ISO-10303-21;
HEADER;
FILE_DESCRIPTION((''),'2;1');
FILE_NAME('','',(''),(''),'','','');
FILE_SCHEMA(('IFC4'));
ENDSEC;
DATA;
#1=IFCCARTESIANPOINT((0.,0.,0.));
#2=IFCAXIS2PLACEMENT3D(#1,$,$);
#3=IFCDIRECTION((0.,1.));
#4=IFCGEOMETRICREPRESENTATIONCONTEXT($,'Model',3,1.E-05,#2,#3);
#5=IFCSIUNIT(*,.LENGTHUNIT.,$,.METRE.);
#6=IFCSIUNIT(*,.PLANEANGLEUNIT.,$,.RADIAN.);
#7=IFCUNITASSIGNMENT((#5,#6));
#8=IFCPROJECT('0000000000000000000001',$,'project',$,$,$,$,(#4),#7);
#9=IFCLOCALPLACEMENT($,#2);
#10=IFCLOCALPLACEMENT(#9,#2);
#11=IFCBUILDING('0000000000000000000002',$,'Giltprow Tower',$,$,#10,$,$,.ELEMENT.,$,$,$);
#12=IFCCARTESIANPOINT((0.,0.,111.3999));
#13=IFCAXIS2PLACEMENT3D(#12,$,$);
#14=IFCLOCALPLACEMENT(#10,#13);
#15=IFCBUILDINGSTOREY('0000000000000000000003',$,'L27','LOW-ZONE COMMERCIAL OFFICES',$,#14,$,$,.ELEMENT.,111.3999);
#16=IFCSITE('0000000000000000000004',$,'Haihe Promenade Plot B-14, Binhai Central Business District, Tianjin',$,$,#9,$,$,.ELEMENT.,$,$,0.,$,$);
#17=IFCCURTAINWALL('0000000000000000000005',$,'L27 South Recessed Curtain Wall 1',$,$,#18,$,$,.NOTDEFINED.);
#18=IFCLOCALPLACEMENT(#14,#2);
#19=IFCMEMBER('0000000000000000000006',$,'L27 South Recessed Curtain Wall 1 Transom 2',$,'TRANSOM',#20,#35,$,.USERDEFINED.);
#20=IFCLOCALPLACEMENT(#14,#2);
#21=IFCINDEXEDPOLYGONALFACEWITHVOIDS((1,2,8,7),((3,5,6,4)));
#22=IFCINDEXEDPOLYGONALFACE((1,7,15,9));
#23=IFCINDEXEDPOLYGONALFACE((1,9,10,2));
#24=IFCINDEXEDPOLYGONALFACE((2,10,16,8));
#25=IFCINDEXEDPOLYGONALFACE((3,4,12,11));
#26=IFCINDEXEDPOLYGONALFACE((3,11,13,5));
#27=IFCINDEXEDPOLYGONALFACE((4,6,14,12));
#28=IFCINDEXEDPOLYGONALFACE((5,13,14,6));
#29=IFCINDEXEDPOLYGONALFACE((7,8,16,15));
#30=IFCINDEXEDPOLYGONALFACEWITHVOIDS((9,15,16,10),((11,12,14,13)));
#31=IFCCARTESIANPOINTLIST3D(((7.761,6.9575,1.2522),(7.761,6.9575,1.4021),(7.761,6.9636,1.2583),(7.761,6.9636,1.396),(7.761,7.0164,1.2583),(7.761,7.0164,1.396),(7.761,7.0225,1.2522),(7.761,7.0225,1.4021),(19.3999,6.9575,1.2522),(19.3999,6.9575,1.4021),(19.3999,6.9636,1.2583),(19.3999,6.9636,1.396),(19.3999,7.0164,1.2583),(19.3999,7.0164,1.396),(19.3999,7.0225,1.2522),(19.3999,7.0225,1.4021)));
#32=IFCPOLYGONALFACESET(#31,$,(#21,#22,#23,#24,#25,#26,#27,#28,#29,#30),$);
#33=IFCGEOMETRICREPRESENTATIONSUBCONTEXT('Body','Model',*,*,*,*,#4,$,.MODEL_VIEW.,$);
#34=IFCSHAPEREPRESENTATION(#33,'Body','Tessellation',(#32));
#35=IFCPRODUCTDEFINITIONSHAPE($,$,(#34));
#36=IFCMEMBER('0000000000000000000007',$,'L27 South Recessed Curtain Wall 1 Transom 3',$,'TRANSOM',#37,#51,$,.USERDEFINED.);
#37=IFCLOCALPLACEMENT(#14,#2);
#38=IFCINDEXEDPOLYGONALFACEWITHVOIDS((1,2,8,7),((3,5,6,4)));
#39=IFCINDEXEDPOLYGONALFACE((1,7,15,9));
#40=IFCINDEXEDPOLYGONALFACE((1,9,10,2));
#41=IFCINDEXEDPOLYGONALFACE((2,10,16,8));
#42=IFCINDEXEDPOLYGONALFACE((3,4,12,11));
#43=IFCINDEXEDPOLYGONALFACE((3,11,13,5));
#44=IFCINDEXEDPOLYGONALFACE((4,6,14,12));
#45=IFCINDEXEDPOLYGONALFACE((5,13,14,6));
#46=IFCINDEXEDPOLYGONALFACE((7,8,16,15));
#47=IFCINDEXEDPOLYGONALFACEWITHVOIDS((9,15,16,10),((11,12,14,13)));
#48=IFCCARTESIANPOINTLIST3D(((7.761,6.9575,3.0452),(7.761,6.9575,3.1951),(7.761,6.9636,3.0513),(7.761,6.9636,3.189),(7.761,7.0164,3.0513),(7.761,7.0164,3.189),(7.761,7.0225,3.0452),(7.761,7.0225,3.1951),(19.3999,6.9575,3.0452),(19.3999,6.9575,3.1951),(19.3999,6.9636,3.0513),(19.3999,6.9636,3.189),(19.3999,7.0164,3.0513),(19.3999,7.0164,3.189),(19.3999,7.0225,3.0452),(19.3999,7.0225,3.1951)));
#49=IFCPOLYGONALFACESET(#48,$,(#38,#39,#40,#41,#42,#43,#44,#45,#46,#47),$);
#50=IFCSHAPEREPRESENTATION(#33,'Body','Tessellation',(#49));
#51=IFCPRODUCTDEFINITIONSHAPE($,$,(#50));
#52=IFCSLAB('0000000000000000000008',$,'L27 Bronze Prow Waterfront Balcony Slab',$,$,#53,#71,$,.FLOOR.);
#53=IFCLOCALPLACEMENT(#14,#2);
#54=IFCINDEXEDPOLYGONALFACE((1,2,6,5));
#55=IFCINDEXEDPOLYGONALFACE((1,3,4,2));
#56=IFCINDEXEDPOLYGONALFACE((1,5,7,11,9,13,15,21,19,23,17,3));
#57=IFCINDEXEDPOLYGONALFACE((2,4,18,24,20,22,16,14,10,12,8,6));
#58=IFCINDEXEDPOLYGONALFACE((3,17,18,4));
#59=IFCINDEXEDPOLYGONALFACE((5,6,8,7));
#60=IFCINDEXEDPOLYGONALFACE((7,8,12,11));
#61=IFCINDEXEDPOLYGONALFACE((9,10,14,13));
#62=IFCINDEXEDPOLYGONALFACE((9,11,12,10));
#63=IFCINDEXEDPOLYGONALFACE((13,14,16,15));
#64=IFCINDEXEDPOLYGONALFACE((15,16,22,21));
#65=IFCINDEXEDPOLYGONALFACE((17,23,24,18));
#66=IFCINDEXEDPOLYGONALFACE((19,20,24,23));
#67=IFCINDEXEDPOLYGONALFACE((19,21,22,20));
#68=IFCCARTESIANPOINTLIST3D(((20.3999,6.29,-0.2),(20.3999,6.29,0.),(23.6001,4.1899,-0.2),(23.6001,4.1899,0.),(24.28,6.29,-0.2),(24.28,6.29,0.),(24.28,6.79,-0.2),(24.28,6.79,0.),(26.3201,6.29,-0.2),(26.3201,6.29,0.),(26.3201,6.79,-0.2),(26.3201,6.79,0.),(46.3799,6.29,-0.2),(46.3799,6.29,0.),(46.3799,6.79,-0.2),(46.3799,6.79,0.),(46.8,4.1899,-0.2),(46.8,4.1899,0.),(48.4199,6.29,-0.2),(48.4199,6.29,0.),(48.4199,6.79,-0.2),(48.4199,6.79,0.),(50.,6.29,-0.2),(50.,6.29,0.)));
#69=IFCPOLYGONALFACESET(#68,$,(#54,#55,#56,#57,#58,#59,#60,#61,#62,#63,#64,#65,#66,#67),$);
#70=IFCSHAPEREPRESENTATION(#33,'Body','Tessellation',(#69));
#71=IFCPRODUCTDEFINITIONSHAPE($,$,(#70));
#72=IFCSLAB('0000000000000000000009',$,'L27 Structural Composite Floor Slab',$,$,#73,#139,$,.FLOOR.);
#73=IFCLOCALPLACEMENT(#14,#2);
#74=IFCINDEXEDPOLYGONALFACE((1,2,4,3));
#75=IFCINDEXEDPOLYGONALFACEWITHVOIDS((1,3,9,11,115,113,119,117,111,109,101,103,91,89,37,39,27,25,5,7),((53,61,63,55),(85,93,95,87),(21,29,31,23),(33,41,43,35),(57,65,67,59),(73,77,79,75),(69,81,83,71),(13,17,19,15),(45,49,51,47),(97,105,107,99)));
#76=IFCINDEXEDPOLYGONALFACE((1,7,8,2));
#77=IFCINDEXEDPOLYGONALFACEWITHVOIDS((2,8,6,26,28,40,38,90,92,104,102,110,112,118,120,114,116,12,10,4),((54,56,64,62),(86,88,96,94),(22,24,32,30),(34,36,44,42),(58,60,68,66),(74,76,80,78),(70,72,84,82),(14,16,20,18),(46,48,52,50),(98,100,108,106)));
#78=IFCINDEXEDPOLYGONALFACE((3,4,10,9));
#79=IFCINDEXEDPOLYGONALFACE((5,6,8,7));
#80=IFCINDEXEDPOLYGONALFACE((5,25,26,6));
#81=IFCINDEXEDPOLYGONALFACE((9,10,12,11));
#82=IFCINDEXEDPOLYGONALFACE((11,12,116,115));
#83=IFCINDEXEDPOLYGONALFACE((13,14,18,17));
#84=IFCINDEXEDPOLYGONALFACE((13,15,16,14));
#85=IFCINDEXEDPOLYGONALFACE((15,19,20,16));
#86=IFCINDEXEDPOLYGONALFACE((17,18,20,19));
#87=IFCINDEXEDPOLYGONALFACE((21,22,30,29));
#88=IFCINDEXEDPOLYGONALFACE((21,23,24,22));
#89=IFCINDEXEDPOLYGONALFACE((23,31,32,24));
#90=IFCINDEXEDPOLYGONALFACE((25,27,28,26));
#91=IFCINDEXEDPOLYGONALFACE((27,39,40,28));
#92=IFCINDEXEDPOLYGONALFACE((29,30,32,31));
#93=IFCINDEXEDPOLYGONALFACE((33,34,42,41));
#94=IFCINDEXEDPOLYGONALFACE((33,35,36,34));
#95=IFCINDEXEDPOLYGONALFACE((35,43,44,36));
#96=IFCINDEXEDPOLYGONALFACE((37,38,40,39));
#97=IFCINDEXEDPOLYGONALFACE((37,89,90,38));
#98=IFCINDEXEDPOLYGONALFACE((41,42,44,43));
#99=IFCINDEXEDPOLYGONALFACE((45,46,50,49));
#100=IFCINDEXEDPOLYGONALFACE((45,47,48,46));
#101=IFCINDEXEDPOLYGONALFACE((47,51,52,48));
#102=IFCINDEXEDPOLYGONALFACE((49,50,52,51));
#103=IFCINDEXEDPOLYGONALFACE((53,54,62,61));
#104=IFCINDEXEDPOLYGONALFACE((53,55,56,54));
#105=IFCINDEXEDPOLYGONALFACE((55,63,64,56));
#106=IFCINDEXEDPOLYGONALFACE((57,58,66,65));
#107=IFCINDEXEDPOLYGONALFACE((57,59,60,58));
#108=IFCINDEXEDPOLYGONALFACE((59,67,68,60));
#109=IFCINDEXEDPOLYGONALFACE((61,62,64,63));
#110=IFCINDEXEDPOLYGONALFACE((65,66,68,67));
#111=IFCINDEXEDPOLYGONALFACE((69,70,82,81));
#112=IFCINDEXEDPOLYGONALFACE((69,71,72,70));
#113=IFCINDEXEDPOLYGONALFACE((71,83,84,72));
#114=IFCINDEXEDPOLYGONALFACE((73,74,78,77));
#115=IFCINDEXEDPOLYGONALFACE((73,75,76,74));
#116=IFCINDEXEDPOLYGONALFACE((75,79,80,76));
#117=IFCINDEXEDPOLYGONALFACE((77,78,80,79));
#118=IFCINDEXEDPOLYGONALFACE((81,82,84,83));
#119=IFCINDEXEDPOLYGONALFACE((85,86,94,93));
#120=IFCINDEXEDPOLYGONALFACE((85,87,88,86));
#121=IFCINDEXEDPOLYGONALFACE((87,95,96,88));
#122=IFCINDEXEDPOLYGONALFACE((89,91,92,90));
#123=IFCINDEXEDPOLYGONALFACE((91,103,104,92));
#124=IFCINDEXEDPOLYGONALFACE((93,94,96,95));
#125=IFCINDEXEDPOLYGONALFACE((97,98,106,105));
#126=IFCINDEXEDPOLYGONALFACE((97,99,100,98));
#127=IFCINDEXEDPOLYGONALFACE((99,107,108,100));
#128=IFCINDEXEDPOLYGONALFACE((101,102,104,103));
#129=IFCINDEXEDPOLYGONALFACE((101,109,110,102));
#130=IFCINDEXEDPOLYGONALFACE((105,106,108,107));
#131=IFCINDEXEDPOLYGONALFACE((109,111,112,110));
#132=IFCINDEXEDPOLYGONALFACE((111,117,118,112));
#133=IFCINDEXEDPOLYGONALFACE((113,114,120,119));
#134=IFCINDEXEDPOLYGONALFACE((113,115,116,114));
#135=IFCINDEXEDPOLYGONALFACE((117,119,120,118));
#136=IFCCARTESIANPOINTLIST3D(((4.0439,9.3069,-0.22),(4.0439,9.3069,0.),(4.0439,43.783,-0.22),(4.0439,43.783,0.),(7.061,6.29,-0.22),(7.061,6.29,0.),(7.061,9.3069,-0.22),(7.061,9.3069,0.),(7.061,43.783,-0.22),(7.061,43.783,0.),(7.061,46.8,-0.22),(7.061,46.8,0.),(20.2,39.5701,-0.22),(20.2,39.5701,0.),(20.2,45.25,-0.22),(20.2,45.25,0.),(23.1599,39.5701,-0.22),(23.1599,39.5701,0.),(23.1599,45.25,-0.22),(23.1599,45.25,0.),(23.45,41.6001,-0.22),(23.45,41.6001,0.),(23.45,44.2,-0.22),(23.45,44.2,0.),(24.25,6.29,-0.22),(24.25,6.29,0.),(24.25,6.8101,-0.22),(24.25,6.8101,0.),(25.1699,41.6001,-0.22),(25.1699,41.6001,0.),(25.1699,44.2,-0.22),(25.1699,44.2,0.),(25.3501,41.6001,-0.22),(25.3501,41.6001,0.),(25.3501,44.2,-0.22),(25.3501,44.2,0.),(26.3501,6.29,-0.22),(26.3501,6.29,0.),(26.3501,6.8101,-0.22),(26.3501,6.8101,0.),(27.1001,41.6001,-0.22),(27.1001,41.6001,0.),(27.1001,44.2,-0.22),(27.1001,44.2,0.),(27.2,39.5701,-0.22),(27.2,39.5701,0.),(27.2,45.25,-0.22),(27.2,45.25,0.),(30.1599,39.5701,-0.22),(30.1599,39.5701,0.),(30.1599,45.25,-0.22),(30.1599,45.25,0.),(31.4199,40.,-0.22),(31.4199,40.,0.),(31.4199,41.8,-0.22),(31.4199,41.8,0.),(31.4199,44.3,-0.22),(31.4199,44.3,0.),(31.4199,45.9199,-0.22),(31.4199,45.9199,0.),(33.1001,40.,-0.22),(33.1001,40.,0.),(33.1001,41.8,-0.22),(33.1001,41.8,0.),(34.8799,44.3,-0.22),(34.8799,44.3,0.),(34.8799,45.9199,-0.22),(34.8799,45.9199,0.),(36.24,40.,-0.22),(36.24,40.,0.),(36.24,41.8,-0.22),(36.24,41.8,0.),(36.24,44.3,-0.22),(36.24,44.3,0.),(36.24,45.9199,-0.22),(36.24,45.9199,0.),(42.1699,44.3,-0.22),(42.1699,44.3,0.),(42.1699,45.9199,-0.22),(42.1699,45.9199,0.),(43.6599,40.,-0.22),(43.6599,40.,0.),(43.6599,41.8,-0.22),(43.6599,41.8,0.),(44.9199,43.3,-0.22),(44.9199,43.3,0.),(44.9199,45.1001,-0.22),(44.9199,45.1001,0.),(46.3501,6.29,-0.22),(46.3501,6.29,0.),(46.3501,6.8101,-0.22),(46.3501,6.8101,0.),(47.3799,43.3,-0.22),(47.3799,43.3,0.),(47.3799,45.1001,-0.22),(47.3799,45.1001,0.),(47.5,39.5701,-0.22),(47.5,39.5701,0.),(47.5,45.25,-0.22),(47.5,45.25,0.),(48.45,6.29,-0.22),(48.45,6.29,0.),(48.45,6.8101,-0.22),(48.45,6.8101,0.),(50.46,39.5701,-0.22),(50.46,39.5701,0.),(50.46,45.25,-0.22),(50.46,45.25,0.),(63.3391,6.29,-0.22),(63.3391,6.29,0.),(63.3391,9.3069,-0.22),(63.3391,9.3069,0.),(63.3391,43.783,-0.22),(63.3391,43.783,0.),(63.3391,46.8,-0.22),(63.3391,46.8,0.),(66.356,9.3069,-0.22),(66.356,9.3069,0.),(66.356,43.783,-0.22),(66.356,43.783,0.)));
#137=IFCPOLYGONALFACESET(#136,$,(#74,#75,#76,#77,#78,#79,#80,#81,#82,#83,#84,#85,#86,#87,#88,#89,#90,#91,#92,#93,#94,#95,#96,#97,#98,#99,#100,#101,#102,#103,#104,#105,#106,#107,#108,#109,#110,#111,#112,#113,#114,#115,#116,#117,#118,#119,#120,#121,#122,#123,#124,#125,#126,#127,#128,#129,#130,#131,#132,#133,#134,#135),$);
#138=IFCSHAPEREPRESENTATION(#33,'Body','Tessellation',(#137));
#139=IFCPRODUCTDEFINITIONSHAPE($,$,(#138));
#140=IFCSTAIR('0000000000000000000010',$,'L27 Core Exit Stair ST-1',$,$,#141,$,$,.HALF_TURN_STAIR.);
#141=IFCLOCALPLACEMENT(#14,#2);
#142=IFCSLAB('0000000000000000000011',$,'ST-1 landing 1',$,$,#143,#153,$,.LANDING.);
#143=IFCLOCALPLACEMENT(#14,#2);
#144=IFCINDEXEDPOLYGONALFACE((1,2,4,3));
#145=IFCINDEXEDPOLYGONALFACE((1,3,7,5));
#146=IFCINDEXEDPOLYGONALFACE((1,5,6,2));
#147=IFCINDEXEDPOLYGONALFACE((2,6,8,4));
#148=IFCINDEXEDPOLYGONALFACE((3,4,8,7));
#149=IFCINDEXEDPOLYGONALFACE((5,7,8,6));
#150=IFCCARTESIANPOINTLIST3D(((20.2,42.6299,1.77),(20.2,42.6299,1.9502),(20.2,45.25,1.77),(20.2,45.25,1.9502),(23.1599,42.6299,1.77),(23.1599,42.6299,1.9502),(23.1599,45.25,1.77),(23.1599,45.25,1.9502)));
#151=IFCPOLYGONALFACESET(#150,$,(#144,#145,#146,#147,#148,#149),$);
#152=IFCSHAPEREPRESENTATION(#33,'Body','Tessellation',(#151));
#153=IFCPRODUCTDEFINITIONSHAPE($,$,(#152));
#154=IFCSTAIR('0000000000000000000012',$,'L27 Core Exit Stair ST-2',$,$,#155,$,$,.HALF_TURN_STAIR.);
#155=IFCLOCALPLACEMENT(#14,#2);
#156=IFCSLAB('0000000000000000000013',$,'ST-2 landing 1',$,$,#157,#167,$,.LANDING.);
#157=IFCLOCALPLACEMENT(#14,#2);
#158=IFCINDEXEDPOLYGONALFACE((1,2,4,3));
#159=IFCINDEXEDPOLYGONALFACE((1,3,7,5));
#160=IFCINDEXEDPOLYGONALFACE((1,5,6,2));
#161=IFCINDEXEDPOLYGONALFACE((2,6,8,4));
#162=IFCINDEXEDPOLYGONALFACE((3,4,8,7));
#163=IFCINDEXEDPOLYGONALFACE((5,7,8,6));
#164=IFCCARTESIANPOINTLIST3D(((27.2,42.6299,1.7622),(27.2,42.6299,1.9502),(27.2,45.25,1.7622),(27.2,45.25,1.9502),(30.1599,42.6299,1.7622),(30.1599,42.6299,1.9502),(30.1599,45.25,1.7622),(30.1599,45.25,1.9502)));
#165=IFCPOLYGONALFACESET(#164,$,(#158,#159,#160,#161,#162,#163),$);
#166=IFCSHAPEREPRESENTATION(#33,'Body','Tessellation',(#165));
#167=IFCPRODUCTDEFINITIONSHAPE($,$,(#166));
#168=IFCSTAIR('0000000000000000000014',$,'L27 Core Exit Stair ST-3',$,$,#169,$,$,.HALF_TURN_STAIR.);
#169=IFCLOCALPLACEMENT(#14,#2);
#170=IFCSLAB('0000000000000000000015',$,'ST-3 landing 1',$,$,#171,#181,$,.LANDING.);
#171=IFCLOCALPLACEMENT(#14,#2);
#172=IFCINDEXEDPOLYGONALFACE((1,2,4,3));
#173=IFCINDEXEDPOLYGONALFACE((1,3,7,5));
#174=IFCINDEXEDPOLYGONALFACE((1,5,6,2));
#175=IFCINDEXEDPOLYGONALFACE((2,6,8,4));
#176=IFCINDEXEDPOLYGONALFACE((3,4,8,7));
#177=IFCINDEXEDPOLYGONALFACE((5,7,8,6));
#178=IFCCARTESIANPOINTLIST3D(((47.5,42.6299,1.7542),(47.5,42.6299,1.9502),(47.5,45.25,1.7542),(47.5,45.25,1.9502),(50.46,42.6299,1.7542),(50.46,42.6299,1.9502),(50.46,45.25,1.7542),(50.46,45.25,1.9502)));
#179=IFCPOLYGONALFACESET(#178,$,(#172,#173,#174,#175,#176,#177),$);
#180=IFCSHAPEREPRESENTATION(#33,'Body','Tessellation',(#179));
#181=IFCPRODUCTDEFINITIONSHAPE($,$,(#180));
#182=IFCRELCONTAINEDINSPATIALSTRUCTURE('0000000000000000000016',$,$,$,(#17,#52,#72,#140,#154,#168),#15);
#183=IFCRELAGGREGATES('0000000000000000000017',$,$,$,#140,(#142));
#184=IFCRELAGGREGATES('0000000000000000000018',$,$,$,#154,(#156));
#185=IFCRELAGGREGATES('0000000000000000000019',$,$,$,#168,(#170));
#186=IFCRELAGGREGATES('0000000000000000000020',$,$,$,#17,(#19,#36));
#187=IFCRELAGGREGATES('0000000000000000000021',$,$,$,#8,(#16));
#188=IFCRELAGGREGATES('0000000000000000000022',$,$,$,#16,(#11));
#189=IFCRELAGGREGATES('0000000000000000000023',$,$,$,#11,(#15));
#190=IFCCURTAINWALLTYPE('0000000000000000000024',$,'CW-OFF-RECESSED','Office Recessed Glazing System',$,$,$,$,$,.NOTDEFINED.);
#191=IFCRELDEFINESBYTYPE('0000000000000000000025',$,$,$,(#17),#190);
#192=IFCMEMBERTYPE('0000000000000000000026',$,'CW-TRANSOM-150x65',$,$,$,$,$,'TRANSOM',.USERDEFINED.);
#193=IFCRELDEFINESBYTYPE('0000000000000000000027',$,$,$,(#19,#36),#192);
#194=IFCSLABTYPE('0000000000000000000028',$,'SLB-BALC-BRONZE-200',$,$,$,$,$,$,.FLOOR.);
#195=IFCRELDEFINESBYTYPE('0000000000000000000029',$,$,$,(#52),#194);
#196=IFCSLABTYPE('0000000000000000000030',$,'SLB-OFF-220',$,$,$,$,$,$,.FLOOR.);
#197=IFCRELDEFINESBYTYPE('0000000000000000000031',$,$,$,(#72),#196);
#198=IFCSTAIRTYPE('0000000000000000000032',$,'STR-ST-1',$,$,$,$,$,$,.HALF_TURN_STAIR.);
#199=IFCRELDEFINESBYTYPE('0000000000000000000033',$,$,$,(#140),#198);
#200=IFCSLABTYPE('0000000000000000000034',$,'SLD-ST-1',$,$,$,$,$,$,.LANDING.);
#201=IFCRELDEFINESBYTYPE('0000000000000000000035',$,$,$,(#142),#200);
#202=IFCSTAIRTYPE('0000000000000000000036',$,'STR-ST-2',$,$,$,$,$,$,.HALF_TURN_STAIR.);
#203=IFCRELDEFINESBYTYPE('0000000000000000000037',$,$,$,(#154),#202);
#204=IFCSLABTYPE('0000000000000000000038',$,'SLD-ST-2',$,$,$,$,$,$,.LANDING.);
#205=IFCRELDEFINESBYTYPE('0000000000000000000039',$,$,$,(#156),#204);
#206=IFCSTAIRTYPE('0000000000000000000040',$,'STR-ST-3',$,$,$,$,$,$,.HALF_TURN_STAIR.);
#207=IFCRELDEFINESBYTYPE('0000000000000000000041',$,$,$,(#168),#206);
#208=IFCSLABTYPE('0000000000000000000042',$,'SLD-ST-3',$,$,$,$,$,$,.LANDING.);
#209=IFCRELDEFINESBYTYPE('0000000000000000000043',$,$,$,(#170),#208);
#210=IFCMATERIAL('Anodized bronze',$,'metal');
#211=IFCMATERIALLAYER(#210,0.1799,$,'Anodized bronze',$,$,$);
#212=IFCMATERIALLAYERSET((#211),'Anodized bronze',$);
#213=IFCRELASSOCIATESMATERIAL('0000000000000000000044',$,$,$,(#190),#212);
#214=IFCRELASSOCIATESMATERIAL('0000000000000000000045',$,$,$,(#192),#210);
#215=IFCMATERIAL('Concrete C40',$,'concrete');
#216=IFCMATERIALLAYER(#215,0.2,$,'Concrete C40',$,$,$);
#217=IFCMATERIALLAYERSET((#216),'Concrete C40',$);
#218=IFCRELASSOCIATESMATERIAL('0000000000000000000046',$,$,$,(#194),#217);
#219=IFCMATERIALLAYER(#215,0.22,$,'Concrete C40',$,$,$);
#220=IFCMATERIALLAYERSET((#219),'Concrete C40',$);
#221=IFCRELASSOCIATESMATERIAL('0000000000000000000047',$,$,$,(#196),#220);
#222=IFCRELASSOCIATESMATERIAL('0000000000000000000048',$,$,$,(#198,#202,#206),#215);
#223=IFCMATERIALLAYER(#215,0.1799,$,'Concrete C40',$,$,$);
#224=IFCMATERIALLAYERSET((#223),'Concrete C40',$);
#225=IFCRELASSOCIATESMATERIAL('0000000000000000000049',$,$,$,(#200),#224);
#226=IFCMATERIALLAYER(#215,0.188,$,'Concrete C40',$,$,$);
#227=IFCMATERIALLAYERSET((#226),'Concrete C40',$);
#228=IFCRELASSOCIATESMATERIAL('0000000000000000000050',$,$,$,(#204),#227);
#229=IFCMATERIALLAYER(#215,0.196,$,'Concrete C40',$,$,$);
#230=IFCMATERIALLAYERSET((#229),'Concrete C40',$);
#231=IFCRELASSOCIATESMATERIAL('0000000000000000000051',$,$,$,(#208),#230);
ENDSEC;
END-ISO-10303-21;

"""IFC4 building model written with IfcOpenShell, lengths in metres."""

from ifc_helpers import new_model, si_unit, direction, frame, origin, origin_2d, place, context, subcontext, project, spatial, polyline, hollow_rectangle, outline, extrude, source, transform, mapped, material, layer, layer_set, material_profile, profile_set, type_object, element, aggregate, save


model = new_model("IFC4")

# Units and contexts
model_context = context("Model", 3, precision=1e-05, world=origin(), true_north=direction((0.0, 1.0)))
body_context = subcontext(model_context, "Body", "Model", "MODEL_VIEW")
ifc_project = project(units=[si_unit("LENGTHUNIT", "METRE"), si_unit("PLANEANGLEUNIT", "RADIAN")], contexts=[model_context])

# Site, building, storey
site_placement = place(None, origin())
site = spatial("IfcSite", under=ifc_project, at=site_placement, Name="Haihe Promenade Plot B-14, Binhai Central Business District, Tianjin", CompositionType="ELEMENT", RefElevation=0.0)
building_placement = place(site_placement, origin())
building = spatial("IfcBuilding", under=site, at=building_placement, Name="Giltprow Tower", CompositionType="ELEMENT")
storey_placement = place(building_placement, frame((0.0, 0.0, 111.3999)))
storey = spatial("IfcBuildingStorey", under=building, at=storey_placement, Name="L27", Description="LOW-ZONE COMMERCIAL OFFICES", CompositionType="ELEMENT", Elevation=111.3999)

# Curtain wall, members
ifc_material_1 = material(Name="Anodized bronze", Category="metal")
ifc_layer_1 = layer(ifc_material_1, 0.1799, Name="Anodized bronze")
ifc_layer_set_1 = layer_set([ifc_layer_1], Name="Anodized bronze")
curtain_wall_type = type_object("IfcCurtainWallType", Name="CW-OFF-RECESSED", Description="Office Recessed Glazing System", PredefinedType="NOTDEFINED", material=ifc_layer_set_1)
curtain_wall_placement = place(storey_placement, origin())
curtain_wall = element("IfcCurtainWall", 1, at=curtain_wall_placement, inside=storey, type_object=curtain_wall_type, Name="L27 South Recessed Curtain Wall 1", PredefinedType="NOTDEFINED")
ifc_material_profile_1 = material_profile(ifc_material_1, hollow_rectangle(XDim=0.0649, YDim=0.1499, WallThickness=0.0061, at=origin_2d()), Name="RHS 150x65x6")
ifc_profile_set_1 = profile_set([ifc_material_profile_1], Name="Anodized bronze")
member_type_1 = type_object("IfcMemberType", Name="CW-TRANSOM-150x65", ElementType="TRANSOM", PredefinedType="USERDEFINED", material=ifc_profile_set_1)
shared_shape_1 = source(origin(), body_context, "Body", "SweptSolid", [
    extrude(hollow_rectangle(XDim=0.0649, YDim=0.1499, WallThickness=0.0061, at=origin_2d()), origin(), (0.0, 0.0, 1.0), 11.6389),
])
member_1_placement = place(storey_placement, frame((7.761, 6.99, 1.3271), z_axis=(1.0, 0.0, 0.0), x_axis=(0.0, 1.0, 0.0)))
member_1 = element("IfcMember", 2, at=member_1_placement, type_object=member_type_1, Name="L27 South Recessed Curtain Wall 1 Transom 2", ObjectType="TRANSOM", PredefinedType="USERDEFINED", context=body_context, shape_type="MappedRepresentation", body=[
    mapped(shared_shape_1, transform((0.0, 0.0, 0.0), x_axis=(1.0, 0.0, 0.0), y_axis=(0.0, 1.0, 0.0), z_axis=(0.0, 0.0, 1.0), scale=1.0)),
])
member_2_placement = place(storey_placement, frame((7.761, 6.99, 3.1201), z_axis=(1.0, 0.0, 0.0), x_axis=(0.0, 1.0, 0.0)))
member_2 = element("IfcMember", 3, at=member_2_placement, type_object=member_type_1, Name="L27 South Recessed Curtain Wall 1 Transom 3", ObjectType="TRANSOM", PredefinedType="USERDEFINED", context=body_context, shape_type="MappedRepresentation", body=[
    mapped(shared_shape_1, transform((0.0, 0.0, 0.0), x_axis=(1.0, 0.0, 0.0), y_axis=(0.0, 1.0, 0.0), z_axis=(0.0, 0.0, 1.0), scale=1.0)),
])

# Slabs
ifc_material_2 = material(Name="Concrete C40", Category="concrete")
ifc_layer_2 = layer(ifc_material_2, 0.2, Name="Concrete C40")
ifc_layer_set_2 = layer_set([ifc_layer_2], Name="Concrete C40")
slab_type_1 = type_object("IfcSlabType", Name="SLB-BALC-BRONZE-200", PredefinedType="FLOOR", material=ifc_layer_set_2)
slab_1_placement = place(storey_placement, frame((0.0, 0.0, -0.2)))
element("IfcSlab", 4, at=slab_1_placement, inside=storey, type_object=slab_type_1, Name="L27 Bronze Prow Waterfront Balcony Slab", PredefinedType="FLOOR", context=body_context, shape_type="SweptSolid", body=[
    extrude(outline(polyline([(50.0, 6.29), (46.8, 4.1899), (23.6001, 4.1899), (20.3999, 6.29), (24.28, 6.29), (24.28, 6.79), (26.3201, 6.79), (26.3201, 6.29), (46.3799, 6.29), (46.3799, 6.79), (48.4199, 6.79), (48.4199, 6.29), (50.0, 6.29)])), origin(), (0.0, 0.0, 1.0), 0.2),
])
ifc_layer_3 = layer(ifc_material_2, 0.22, Name="Concrete C40")
ifc_layer_set_3 = layer_set([ifc_layer_3], Name="Concrete C40")
slab_type_2 = type_object("IfcSlabType", Name="SLB-OFF-220", PredefinedType="FLOOR", material=ifc_layer_set_3)
slab_2_placement = place(storey_placement, frame((0.0, 0.0, -0.22)))
element("IfcSlab", 5, at=slab_2_placement, inside=storey, type_object=slab_type_2, Name="L27 Structural Composite Floor Slab", PredefinedType="FLOOR", context=body_context, shape_type="SweptSolid", body=[
    extrude(outline(polyline([(7.061, 6.29), (7.061, 9.3069), (4.0439, 9.3069), (4.0439, 43.783), (7.061, 43.783), (7.061, 46.8), (63.3391, 46.8), (63.3391, 43.783), (66.356, 43.783), (66.356, 9.3069), (63.3391, 9.3069), (63.3391, 6.29), (48.45, 6.29), (48.45, 6.8101), (46.3501, 6.8101), (46.3501, 6.29), (26.3501, 6.29), (26.3501, 6.8101), (24.25, 6.8101), (24.25, 6.29), (7.061, 6.29)]), holes=[polyline([(33.1001, 41.8), (31.4199, 41.8), (31.4199, 40.0), (33.1001, 40.0), (33.1001, 41.8)]), polyline([(23.1599, 39.5701), (23.1599, 45.25), (20.2, 45.25), (20.2, 39.5701), (23.1599, 39.5701)]), polyline([(30.1599, 45.25), (27.2, 45.25), (27.2, 39.5701), (30.1599, 39.5701), (30.1599, 45.25)]), polyline([(25.1699, 41.6001), (25.1699, 44.2), (23.45, 44.2), (23.45, 41.6001), (25.1699, 41.6001)]), polyline([(27.1001, 41.6001), (27.1001, 44.2), (25.3501, 44.2), (25.3501, 41.6001), (27.1001, 41.6001)]), polyline([(43.6599, 40.0), (43.6599, 41.8), (36.24, 41.8), (36.24, 40.0), (43.6599, 40.0)]), polyline([(50.46, 39.5701), (50.46, 45.25), (47.5, 45.25), (47.5, 39.5701), (50.46, 39.5701)]), polyline([(47.3799, 45.1001), (44.9199, 45.1001), (44.9199, 43.3), (47.3799, 43.3), (47.3799, 45.1001)]), polyline([(34.8799, 44.3), (34.8799, 45.9199), (31.4199, 45.9199), (31.4199, 44.3), (34.8799, 44.3)]), polyline([(42.1699, 44.3), (42.1699, 45.9199), (36.24, 45.9199), (36.24, 44.3), (42.1699, 44.3)])]), origin(), (0.0, 0.0, 1.0), 0.22),
])

# Stairs, slabs
stair_type_1 = type_object("IfcStairType", Name="STR-ST-1", PredefinedType="HALF_TURN_STAIR", material=ifc_material_2)
stair_1_placement = place(storey_placement, origin())
stair_1 = element("IfcStair", 6, at=stair_1_placement, inside=storey, type_object=stair_type_1, Name="L27 Core Exit Stair ST-1", PredefinedType="HALF_TURN_STAIR")
ifc_layer_4 = layer(ifc_material_2, 0.1799, Name="Concrete C40")
ifc_layer_set_4 = layer_set([ifc_layer_4], Name="Concrete C40")
slab_type_3 = type_object("IfcSlabType", Name="SLD-ST-1", PredefinedType="LANDING", material=ifc_layer_set_4)
slab_3_placement = place(storey_placement, frame((0.0, 0.0, 1.77)))
slab_3 = element("IfcSlab", 7, at=slab_3_placement, type_object=slab_type_3, Name="ST-1 landing 1", PredefinedType="LANDING", context=body_context, shape_type="SweptSolid", body=[
    extrude(outline(polyline([(23.1599, 42.6299), (23.1599, 45.25), (20.2, 45.25), (20.2, 42.6299), (23.1599, 42.6299)])), origin(), (0.0, 0.0, 1.0), 0.1802),
])
aggregate(stair_1, [slab_3])
stair_type_2 = type_object("IfcStairType", Name="STR-ST-2", PredefinedType="HALF_TURN_STAIR", material=ifc_material_2)
stair_2_placement = place(storey_placement, origin())
stair_2 = element("IfcStair", 8, at=stair_2_placement, inside=storey, type_object=stair_type_2, Name="L27 Core Exit Stair ST-2", PredefinedType="HALF_TURN_STAIR")
ifc_layer_5 = layer(ifc_material_2, 0.188, Name="Concrete C40")
ifc_layer_set_5 = layer_set([ifc_layer_5], Name="Concrete C40")
slab_type_4 = type_object("IfcSlabType", Name="SLD-ST-2", PredefinedType="LANDING", material=ifc_layer_set_5)
slab_4_placement = place(storey_placement, frame((0.0, 0.0, 1.7622)))
slab_4 = element("IfcSlab", 9, at=slab_4_placement, type_object=slab_type_4, Name="ST-2 landing 1", PredefinedType="LANDING", context=body_context, shape_type="SweptSolid", body=[
    extrude(outline(polyline([(30.1599, 42.6299), (30.1599, 45.25), (27.2, 45.25), (27.2, 42.6299), (30.1599, 42.6299)])), origin(), (0.0, 0.0, 1.0), 0.188),
])
aggregate(stair_2, [slab_4])
stair_type_3 = type_object("IfcStairType", Name="STR-ST-3", PredefinedType="HALF_TURN_STAIR", material=ifc_material_2)
stair_3_placement = place(storey_placement, origin())
stair_3 = element("IfcStair", 10, at=stair_3_placement, inside=storey, type_object=stair_type_3, Name="L27 Core Exit Stair ST-3", PredefinedType="HALF_TURN_STAIR")
ifc_layer_6 = layer(ifc_material_2, 0.196, Name="Concrete C40")
ifc_layer_set_6 = layer_set([ifc_layer_6], Name="Concrete C40")
slab_type_5 = type_object("IfcSlabType", Name="SLD-ST-3", PredefinedType="LANDING", material=ifc_layer_set_6)
slab_5_placement = place(storey_placement, frame((0.0, 0.0, 1.7542)))
slab_5 = element("IfcSlab", 11, at=slab_5_placement, type_object=slab_type_5, Name="ST-3 landing 1", PredefinedType="LANDING", context=body_context, shape_type="SweptSolid", body=[
    extrude(outline(polyline([(50.46, 42.6299), (50.46, 45.25), (47.5, 45.25), (47.5, 42.6299), (50.46, 42.6299)])), origin(), (0.0, 0.0, 1.0), 0.196),
])
aggregate(stair_3, [slab_5])

aggregate(curtain_wall, [member_1, member_2])

save(model, "model.ifc")
